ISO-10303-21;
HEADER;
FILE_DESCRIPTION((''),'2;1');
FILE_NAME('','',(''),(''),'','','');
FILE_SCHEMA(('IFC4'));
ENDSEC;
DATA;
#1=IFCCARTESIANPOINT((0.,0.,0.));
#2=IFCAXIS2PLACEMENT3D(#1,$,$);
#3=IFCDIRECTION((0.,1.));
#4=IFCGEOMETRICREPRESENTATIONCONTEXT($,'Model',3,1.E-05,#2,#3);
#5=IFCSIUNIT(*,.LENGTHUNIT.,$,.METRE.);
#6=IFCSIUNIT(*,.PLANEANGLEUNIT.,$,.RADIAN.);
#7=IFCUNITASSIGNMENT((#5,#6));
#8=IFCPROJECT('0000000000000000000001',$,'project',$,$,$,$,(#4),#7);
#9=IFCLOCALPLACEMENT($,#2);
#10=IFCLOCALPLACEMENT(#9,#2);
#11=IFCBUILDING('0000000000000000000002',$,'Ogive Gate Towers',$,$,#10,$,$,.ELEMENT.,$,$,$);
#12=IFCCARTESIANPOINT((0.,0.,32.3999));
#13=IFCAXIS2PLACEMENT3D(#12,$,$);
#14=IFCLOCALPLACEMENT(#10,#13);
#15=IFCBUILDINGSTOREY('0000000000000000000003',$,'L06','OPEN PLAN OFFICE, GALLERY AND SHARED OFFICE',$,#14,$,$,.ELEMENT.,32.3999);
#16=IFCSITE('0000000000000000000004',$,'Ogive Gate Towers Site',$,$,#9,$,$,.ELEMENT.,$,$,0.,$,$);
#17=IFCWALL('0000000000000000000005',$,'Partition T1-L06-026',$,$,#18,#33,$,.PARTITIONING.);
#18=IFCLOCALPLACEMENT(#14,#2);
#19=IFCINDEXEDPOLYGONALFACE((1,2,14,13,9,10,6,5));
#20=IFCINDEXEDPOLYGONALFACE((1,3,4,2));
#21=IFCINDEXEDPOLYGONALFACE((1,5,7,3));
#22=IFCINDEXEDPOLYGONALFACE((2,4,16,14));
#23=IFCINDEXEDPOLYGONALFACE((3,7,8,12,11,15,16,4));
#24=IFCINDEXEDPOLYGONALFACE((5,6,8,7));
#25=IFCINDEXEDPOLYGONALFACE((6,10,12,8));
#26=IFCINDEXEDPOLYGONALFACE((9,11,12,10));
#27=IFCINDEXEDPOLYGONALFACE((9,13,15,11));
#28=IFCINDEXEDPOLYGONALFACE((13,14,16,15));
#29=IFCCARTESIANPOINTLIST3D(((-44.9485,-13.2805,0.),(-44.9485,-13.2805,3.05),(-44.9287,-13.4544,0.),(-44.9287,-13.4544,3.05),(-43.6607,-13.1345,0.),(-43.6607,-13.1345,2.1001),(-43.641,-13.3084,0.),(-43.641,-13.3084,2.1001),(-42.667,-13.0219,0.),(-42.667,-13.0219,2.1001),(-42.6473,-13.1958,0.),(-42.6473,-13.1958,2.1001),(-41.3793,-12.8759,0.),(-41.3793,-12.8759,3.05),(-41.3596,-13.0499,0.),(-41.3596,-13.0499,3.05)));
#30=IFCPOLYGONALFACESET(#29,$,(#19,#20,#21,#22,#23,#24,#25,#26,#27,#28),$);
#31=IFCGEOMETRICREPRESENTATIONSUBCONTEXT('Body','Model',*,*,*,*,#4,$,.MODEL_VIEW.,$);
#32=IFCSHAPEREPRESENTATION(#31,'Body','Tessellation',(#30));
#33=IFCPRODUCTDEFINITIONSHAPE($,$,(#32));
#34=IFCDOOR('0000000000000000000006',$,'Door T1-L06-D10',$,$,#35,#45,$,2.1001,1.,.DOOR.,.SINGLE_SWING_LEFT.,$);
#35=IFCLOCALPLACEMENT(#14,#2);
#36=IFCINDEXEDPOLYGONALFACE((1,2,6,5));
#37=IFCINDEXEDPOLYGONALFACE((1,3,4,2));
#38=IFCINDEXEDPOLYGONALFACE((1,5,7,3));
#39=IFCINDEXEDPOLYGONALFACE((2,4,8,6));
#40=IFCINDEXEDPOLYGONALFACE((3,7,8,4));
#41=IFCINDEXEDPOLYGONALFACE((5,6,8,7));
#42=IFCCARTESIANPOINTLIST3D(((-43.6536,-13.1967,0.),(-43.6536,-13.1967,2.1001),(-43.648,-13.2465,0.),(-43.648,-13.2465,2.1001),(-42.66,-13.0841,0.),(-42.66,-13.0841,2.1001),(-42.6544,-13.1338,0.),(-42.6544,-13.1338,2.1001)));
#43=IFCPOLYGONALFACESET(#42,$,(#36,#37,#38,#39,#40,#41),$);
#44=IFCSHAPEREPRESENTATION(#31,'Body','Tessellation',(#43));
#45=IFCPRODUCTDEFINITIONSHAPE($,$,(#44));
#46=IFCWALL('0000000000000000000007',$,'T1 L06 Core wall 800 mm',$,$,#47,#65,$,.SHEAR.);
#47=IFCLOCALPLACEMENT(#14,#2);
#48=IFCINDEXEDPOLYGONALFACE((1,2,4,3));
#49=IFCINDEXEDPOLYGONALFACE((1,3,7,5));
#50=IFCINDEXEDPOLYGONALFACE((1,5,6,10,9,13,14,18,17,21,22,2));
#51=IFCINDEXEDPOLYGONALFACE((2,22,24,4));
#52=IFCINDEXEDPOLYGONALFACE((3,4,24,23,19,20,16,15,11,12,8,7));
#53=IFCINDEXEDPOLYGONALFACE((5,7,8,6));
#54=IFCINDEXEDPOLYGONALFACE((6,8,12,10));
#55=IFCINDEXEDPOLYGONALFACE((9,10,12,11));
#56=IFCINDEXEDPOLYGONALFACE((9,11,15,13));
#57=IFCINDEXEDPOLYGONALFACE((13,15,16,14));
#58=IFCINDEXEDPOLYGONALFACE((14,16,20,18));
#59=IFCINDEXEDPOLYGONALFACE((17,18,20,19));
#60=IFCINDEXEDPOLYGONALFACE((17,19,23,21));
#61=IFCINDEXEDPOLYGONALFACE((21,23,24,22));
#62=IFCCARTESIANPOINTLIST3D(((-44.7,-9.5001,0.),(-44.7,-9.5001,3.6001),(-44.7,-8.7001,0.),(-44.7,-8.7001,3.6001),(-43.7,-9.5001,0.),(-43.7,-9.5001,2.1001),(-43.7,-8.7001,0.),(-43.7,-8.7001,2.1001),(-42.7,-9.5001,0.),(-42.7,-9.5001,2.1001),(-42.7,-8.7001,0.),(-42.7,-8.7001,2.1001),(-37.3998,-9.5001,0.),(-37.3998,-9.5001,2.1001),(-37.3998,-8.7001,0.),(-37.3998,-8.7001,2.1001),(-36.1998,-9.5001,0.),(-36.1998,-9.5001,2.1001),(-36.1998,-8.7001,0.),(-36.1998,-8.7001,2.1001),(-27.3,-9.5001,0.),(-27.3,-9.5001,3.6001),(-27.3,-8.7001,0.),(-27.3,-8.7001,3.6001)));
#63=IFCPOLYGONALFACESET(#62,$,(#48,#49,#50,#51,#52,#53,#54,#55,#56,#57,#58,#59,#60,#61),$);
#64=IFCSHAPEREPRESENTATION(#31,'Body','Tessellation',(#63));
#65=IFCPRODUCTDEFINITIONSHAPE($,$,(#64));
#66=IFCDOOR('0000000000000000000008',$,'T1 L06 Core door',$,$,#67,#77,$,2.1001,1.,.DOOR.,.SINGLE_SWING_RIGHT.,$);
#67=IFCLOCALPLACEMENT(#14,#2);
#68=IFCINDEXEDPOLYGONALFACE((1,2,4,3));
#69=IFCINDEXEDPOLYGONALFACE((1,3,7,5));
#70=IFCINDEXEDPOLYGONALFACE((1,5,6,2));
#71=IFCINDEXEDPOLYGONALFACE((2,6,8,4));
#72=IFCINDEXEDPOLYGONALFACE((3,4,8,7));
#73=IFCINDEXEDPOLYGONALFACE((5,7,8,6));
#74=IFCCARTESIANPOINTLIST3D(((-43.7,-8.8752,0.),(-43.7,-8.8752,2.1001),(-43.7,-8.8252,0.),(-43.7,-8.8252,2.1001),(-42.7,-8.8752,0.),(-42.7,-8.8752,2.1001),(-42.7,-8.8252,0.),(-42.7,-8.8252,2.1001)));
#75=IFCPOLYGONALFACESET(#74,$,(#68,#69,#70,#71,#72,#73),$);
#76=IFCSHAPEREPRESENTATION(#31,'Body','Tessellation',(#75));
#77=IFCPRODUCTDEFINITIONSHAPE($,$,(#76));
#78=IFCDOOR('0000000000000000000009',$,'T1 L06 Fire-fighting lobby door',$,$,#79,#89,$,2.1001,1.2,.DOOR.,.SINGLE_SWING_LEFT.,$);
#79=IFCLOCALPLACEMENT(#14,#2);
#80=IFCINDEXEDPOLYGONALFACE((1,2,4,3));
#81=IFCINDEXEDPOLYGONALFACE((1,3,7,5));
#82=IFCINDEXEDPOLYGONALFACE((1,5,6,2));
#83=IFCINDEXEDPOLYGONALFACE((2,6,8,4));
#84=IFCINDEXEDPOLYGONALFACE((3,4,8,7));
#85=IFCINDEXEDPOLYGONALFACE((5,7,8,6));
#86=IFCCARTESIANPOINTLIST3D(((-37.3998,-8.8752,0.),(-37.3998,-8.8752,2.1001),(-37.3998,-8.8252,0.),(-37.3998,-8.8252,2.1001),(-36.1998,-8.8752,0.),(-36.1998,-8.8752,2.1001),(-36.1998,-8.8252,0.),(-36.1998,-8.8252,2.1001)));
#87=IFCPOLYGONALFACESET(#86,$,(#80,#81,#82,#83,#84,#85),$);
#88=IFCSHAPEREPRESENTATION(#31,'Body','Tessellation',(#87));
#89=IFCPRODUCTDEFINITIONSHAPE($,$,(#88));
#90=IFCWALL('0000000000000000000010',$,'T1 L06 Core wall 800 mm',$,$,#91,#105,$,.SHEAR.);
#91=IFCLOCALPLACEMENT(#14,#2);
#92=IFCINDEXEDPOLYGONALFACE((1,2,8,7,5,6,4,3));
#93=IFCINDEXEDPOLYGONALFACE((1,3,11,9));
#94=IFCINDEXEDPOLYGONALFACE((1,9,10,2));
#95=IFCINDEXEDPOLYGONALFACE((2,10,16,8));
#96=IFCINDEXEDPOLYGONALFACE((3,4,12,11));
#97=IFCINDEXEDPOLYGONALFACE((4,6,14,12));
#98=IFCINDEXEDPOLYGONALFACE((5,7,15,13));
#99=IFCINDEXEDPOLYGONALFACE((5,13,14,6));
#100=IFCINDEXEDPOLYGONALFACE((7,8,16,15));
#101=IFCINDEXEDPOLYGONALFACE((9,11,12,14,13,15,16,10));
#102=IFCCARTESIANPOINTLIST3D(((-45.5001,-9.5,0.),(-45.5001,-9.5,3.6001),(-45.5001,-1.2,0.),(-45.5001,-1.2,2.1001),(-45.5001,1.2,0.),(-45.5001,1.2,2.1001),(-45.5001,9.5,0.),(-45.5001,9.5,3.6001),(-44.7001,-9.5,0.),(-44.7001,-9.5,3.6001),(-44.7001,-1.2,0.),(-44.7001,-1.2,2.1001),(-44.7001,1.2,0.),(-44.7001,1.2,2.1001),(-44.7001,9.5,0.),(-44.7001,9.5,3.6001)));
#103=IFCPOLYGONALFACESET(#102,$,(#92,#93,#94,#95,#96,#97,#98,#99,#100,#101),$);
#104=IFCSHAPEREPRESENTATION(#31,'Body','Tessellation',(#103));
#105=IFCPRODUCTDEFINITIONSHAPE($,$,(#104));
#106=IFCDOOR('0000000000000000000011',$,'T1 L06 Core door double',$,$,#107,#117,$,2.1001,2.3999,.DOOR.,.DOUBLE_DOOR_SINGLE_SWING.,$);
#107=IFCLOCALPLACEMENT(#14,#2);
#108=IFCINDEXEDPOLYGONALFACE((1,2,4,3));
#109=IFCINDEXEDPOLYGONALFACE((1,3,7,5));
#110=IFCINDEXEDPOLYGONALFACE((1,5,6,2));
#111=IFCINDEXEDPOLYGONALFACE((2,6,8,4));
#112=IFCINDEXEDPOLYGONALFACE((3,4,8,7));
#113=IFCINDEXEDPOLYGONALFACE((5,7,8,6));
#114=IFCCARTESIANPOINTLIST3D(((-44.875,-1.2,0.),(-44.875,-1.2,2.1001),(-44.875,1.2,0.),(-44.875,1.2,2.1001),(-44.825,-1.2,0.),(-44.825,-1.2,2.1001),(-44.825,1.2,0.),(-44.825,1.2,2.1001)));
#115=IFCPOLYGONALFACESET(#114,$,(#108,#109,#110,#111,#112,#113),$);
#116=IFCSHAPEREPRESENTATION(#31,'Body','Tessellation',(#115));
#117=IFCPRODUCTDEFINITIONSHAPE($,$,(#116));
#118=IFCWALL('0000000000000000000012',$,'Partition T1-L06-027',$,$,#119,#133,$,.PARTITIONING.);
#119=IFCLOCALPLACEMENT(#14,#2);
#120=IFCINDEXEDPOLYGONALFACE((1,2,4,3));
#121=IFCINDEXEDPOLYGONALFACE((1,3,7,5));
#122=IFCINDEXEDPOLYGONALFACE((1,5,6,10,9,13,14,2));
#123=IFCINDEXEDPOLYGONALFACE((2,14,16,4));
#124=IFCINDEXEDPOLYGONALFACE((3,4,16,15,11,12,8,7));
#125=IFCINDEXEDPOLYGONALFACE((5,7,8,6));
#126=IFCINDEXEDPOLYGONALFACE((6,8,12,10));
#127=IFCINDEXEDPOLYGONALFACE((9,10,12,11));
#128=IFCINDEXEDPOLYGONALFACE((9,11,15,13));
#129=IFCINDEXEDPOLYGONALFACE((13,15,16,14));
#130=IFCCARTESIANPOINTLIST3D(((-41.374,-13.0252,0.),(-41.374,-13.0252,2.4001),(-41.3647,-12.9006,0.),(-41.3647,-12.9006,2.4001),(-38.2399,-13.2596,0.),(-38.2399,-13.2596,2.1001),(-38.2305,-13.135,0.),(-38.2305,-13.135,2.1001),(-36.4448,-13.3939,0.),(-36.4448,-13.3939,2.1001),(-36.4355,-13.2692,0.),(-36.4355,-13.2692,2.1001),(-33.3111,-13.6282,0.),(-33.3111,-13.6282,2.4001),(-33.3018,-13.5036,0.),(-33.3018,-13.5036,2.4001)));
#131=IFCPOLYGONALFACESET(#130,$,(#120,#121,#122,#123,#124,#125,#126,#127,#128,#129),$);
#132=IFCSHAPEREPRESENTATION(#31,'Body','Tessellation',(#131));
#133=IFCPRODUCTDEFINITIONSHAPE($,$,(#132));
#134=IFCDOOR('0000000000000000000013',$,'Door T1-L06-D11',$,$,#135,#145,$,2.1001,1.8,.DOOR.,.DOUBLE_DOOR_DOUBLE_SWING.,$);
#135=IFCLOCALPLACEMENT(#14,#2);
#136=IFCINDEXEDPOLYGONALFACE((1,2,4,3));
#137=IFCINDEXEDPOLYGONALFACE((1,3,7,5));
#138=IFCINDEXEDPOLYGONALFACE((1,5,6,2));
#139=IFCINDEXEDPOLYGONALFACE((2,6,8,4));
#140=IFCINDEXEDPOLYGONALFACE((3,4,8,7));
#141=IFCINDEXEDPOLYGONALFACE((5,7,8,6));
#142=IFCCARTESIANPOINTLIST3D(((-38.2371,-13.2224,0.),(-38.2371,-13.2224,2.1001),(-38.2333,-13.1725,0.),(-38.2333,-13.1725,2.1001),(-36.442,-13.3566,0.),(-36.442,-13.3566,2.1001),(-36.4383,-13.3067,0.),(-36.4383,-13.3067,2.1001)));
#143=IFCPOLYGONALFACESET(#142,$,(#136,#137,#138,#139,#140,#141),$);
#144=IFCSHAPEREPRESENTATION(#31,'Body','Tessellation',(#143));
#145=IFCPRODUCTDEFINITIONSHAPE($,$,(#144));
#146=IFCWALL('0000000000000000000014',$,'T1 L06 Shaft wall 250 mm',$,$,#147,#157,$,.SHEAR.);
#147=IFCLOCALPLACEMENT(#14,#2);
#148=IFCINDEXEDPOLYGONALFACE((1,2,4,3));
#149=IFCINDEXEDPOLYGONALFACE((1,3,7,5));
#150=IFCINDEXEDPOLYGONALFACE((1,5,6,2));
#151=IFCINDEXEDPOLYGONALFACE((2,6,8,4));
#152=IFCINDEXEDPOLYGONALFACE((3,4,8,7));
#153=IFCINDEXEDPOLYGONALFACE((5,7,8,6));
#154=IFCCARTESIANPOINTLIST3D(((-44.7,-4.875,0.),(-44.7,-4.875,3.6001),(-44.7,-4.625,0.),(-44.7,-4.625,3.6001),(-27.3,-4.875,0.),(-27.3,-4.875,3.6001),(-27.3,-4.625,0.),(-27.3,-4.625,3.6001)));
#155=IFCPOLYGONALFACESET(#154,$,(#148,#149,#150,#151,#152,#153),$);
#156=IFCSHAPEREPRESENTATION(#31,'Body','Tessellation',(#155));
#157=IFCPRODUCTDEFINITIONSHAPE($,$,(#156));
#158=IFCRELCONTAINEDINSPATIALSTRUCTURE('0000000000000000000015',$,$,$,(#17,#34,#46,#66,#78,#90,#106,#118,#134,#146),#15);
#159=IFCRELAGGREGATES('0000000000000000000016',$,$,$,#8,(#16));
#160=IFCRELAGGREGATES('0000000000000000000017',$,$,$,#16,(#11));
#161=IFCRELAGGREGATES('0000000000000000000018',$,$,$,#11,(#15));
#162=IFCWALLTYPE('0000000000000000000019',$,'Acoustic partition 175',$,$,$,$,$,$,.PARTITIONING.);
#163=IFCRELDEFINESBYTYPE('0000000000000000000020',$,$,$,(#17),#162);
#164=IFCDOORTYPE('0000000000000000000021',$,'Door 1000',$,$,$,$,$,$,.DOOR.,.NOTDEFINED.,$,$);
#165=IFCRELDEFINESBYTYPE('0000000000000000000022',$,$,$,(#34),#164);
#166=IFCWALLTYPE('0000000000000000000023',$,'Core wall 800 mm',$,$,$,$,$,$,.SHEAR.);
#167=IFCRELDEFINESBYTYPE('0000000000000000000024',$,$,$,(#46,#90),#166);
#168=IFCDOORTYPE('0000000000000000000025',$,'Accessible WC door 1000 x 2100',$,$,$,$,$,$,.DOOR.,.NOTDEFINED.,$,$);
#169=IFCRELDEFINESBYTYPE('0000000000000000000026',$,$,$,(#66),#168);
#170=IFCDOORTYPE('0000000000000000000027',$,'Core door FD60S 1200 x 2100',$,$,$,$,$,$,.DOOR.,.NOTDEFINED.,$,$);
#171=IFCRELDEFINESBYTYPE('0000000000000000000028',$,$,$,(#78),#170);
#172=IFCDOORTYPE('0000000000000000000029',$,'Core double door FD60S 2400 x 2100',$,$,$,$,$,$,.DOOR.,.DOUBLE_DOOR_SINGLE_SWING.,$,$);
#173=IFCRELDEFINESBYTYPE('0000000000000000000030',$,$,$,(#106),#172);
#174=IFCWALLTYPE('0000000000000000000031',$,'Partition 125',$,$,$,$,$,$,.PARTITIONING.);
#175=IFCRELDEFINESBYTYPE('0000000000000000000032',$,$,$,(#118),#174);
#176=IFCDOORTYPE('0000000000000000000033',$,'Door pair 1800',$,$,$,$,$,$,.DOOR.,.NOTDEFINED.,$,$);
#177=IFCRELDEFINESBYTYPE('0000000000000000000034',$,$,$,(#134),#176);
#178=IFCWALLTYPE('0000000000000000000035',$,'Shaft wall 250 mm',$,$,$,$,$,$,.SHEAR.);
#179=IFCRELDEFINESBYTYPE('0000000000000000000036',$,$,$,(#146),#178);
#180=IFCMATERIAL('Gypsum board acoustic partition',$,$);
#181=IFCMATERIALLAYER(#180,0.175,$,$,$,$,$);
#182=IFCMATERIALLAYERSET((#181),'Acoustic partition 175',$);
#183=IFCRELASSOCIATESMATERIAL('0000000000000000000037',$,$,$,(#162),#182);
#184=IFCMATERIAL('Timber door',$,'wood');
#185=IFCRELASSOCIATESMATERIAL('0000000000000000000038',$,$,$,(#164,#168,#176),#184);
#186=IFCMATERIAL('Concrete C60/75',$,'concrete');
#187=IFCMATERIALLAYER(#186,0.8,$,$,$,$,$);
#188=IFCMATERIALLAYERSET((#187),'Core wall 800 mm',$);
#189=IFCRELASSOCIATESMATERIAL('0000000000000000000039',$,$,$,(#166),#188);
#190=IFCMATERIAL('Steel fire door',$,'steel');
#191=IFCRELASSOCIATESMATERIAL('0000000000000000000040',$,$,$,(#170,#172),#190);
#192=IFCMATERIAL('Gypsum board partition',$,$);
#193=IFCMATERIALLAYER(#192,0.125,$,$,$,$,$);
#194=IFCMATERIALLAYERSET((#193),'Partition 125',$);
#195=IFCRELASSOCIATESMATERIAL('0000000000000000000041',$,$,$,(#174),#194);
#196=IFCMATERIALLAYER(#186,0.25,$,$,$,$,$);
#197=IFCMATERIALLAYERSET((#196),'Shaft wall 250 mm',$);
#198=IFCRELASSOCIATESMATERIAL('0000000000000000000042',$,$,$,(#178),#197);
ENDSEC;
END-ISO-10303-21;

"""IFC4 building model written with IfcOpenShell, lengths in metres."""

from ifc_helpers import new_model, si_unit, direction, frame, frame_2d, origin, place, context, subcontext, project, spatial, rectangle, extrude, material, layer, layer_set, type_object, element, fill, save


model = new_model("IFC4")

# Units and contexts
model_context = context("Model", 3, precision=1e-05, world=origin(), true_north=direction((0.0, 1.0)))
body_context = subcontext(model_context, "Body", "Model", "MODEL_VIEW")
ifc_project = project(units=[si_unit("LENGTHUNIT", "METRE"), si_unit("PLANEANGLEUNIT", "RADIAN")], contexts=[model_context])

# Site, building, storey
site_placement = place(None, origin())
site = spatial("IfcSite", under=ifc_project, at=site_placement, Name="Ogive Gate Towers Site", CompositionType="ELEMENT", RefElevation=0.0)
building_placement = place(site_placement, origin())
building = spatial("IfcBuilding", under=site, at=building_placement, Name="Ogive Gate Towers", CompositionType="ELEMENT")
storey_placement = place(building_placement, frame((0.0, 0.0, 32.3999)))
storey = spatial("IfcBuildingStorey", under=building, at=storey_placement, Name="L06", Description="OPEN PLAN OFFICE, GALLERY AND SHARED OFFICE", CompositionType="ELEMENT", Elevation=32.3999)

# Wall, opening, door
ifc_material_1 = material(Name="Gypsum board acoustic partition")
ifc_layer_1 = layer(ifc_material_1, 0.175)
ifc_layer_set_1 = layer_set([ifc_layer_1], Name="Acoustic partition 175")
wall_type_1 = type_object("IfcWallType", Name="Acoustic partition 175", PredefinedType="PARTITIONING", material=ifc_layer_set_1)
ifc_material_2 = material(Name="Timber door", Category="wood")
door_type_1 = type_object("IfcDoorType", Name="Door 1000", OperationType="NOTDEFINED", PredefinedType="DOOR", material=ifc_material_2)
wall_1_placement = place(storey_placement, frame((-44.9385, -13.3674, 0.0), z_axis=(0.0, 0.0, 1.0), x_axis=(0.993638, 0.112624, 0.0)))
wall_1 = element("IfcWall", 1, at=wall_1_placement, inside=storey, type_object=wall_type_1, Name="Partition T1-L06-026", PredefinedType="PARTITIONING", context=body_context, shape_type="SweptSolid", body=[
    extrude(rectangle(XDim=3.592, YDim=0.175, at=frame_2d((1.7959, 0.0))), origin(), (0.0, 0.0, 1.0), 3.05),
])
opening_1_placement = place(wall_1_placement, frame((1.2959, 0.0, 0.0)))
opening_1 = element("IfcOpeningElement", 2, at=opening_1_placement, cuts=wall_1, PredefinedType="OPENING", context=body_context, shape_type="SweptSolid", body=[
    extrude(rectangle(XDim=1.0, YDim=2.1001, at=frame_2d((0.5, 1.05))), frame((0.0, 0.0977, 0.0), z_axis=(0.0, -1.0, 0.0), x_axis=(1.0, 0.0, 0.0)), (0.0, 0.0, 1.0), 0.1951),
])
door_1_placement = place(opening_1_placement, origin())
door_1 = element("IfcDoor", 3, at=door_1_placement, inside=storey, type_object=door_type_1, Name="Door T1-L06-D10", OperationType="SINGLE_SWING_LEFT", OverallHeight=2.1001, OverallWidth=1.0, PredefinedType="DOOR", context=body_context, shape_type="SweptSolid", body=[
    extrude(rectangle(XDim=1.0, YDim=2.1001, at=frame_2d((0.5, 1.05))), frame((0.0, 0.0249, 0.0), z_axis=(0.0, -1.0, 0.0), x_axis=(1.0, 0.0, 0.0)), (0.0, 0.0, 1.0), 0.05),
])
fill(opening_1, door_1)

# Wall, openings, doors
ifc_material_3 = material(Name="Concrete C60/75", Category="concrete")
ifc_layer_2 = layer(ifc_material_3, 0.8)
ifc_layer_set_2 = layer_set([ifc_layer_2], Name="Core wall 800 mm")
wall_type_2 = type_object("IfcWallType", Name="Core wall 800 mm", PredefinedType="SHEAR", material=ifc_layer_set_2)
wall_2_placement = place(storey_placement, frame((-44.7, -9.1001, 0.0), z_axis=(0.0, 0.0, 1.0), x_axis=(1.0, 0.0, 0.0)))
wall_2 = element("IfcWall", 4, at=wall_2_placement, inside=storey, type_object=wall_type_2, Name="T1 L06 Core wall 800 mm", PredefinedType="SHEAR", context=body_context, shape_type="SweptSolid", body=[
    extrude(rectangle(XDim=17.3999, YDim=0.8, at=frame_2d((8.7, 0.0))), origin(), (0.0, 0.0, 1.0), 3.6001),
])
opening_2_placement = place(wall_2_placement, frame((7.3, 0.0, 0.0)))
opening_2 = element("IfcOpeningElement", 5, at=opening_2_placement, cuts=wall_2, PredefinedType="OPENING", context=body_context, shape_type="SweptSolid", body=[
    extrude(rectangle(XDim=1.2, YDim=2.1001, at=frame_2d((0.6001, 1.05))), frame((0.0, 0.4102, 0.0), z_axis=(0.0, -1.0, 0.0), x_axis=(1.0, 0.0, 0.0)), (0.0, 0.0, 1.0), 0.8201),
])
opening_3_placement = place(wall_2_placement, frame((1.0, 0.0, 0.0)))
opening_3 = element("IfcOpeningElement", 6, at=opening_3_placement, cuts=wall_2, PredefinedType="OPENING", context=body_context, shape_type="SweptSolid", body=[
    extrude(rectangle(XDim=1.0, YDim=2.1001, at=frame_2d((0.5, 1.05))), frame((0.0, 0.4102, 0.0), z_axis=(0.0, -1.0, 0.0), x_axis=(1.0, 0.0, 0.0)), (0.0, 0.0, 1.0), 0.8201),
])
door_type_2 = type_object("IfcDoorType", Name="Accessible WC door 1000 x 2100", OperationType="NOTDEFINED", PredefinedType="DOOR", material=ifc_material_2)
door_2_placement = place(opening_3_placement, origin())
door_2 = element("IfcDoor", 7, at=door_2_placement, inside=storey, type_object=door_type_2, Name="T1 L06 Core door", OperationType="SINGLE_SWING_RIGHT", OverallHeight=2.1001, OverallWidth=1.0, PredefinedType="DOOR", context=body_context, shape_type="SweptSolid", body=[
    extrude(rectangle(XDim=1.0, YDim=2.1001, at=frame_2d((0.5, 1.05))), frame((0.0, 0.2749, 0.0), z_axis=(0.0, -1.0, 0.0), x_axis=(1.0, 0.0, 0.0)), (0.0, 0.0, 1.0), 0.05),
])
fill(opening_3, door_2)
ifc_material_4 = material(Name="Steel fire door", Category="steel")
door_type_3 = type_object("IfcDoorType", Name="Core door FD60S 1200 x 2100", OperationType="NOTDEFINED", PredefinedType="DOOR", material=ifc_material_4)
door_3_placement = place(opening_2_placement, origin())
door_3 = element("IfcDoor", 8, at=door_3_placement, inside=storey, type_object=door_type_3, Name="T1 L06 Fire-fighting lobby door", OperationType="SINGLE_SWING_LEFT", OverallHeight=2.1001, OverallWidth=1.2, PredefinedType="DOOR", context=body_context, shape_type="SweptSolid", body=[
    extrude(rectangle(XDim=1.2, YDim=2.1001, at=frame_2d((0.6001, 1.05))), frame((0.0, 0.2749, 0.0), z_axis=(0.0, -1.0, 0.0), x_axis=(1.0, 0.0, 0.0)), (0.0, 0.0, 1.0), 0.05),
])
fill(opening_2, door_3)

# Walls, openings, doors
wall_3_placement = place(storey_placement, frame((-45.1001, -9.5, 0.0), z_axis=(0.0, 0.0, 1.0), x_axis=(0.0, 1.0, 0.0)))
wall_3 = element("IfcWall", 9, at=wall_3_placement, inside=storey, type_object=wall_type_2, Name="T1 L06 Core wall 800 mm", PredefinedType="SHEAR", context=body_context, shape_type="SweptSolid", body=[
    extrude(rectangle(XDim=19.0, YDim=0.8, at=frame_2d((9.5, 0.0))), origin(), (0.0, 0.0, 1.0), 3.6001),
])
opening_4_placement = place(wall_3_placement, frame((8.3, 0.0, 0.0)))
opening_4 = element("IfcOpeningElement", 10, at=opening_4_placement, cuts=wall_3, PredefinedType="OPENING", context=body_context, shape_type="SweptSolid", body=[
    extrude(rectangle(XDim=2.3999, YDim=2.1001, at=frame_2d((1.2, 1.05))), frame((0.0, 0.4102, 0.0), z_axis=(0.0, -1.0, 0.0), x_axis=(1.0, 0.0, 0.0)), (0.0, 0.0, 1.0), 0.8201),
])
door_type_4 = type_object("IfcDoorType", Name="Core double door FD60S 2400 x 2100", OperationType="DOUBLE_DOOR_SINGLE_SWING", PredefinedType="DOOR", material=ifc_material_4)
door_4_placement = place(opening_4_placement, origin())
door_4 = element("IfcDoor", 11, at=door_4_placement, inside=storey, type_object=door_type_4, Name="T1 L06 Core door double", OperationType="DOUBLE_DOOR_SINGLE_SWING", OverallHeight=2.1001, OverallWidth=2.3999, PredefinedType="DOOR", context=body_context, shape_type="SweptSolid", body=[
    extrude(rectangle(XDim=2.3999, YDim=2.1001, at=frame_2d((1.2, 1.05))), frame((0.0, -0.2251, 0.0), z_axis=(0.0, -1.0, 0.0), x_axis=(1.0, 0.0, 0.0)), (0.0, 0.0, 1.0), 0.05),
])
fill(opening_4, door_4)
ifc_material_5 = material(Name="Gypsum board partition")
ifc_layer_3 = layer(ifc_material_5, 0.125)
ifc_layer_set_3 = layer_set([ifc_layer_3], Name="Partition 125")
wall_type_3 = type_object("IfcWallType", Name="Partition 125", PredefinedType="PARTITIONING", material=ifc_layer_set_3)
wall_4_placement = place(storey_placement, frame((-41.3694, -12.9629, 0.0), z_axis=(0.0, 0.0, 1.0), x_axis=(0.997215, -0.074581, 0.0)))
wall_4 = element("IfcWall", 12, at=wall_4_placement, inside=storey, type_object=wall_type_3, Name="Partition T1-L06-027", PredefinedType="PARTITIONING", context=body_context, shape_type="SweptSolid", body=[
    extrude(rectangle(XDim=8.0854, YDim=0.125, at=frame_2d((4.0427, 0.0))), origin(), (0.0, 0.0, 1.0), 2.4001),
])
opening_5_placement = place(wall_4_placement, frame((3.1431, 0.0, 0.0)))
opening_5 = element("IfcOpeningElement", 13, at=opening_5_placement, cuts=wall_4, PredefinedType="OPENING", context=body_context, shape_type="SweptSolid", body=[
    extrude(rectangle(XDim=1.8, YDim=2.1001, at=frame_2d((0.8999, 1.05))), frame((0.0, 0.0725, 0.0), z_axis=(0.0, -1.0, 0.0), x_axis=(1.0, 0.0, 0.0)), (0.0, 0.0, 1.0), 0.145),
])
door_type_5 = type_object("IfcDoorType", Name="Door pair 1800", OperationType="NOTDEFINED", PredefinedType="DOOR", material=ifc_material_2)
door_5_placement = place(opening_5_placement, origin())
door_5 = element("IfcDoor", 14, at=door_5_placement, inside=storey, type_object=door_type_5, Name="Door T1-L06-D11", OperationType="DOUBLE_DOOR_DOUBLE_SWING", OverallHeight=2.1001, OverallWidth=1.8, PredefinedType="DOOR", context=body_context, shape_type="SweptSolid", body=[
    extrude(rectangle(XDim=1.8, YDim=2.1001, at=frame_2d((0.8999, 1.05))), frame((0.0, 0.0249, 0.0), z_axis=(0.0, -1.0, 0.0), x_axis=(1.0, 0.0, 0.0)), (0.0, 0.0, 1.0), 0.05),
])
fill(opening_5, door_5)

# Wall
ifc_layer_4 = layer(ifc_material_3, 0.25)
ifc_layer_set_4 = layer_set([ifc_layer_4], Name="Shaft wall 250 mm")
wall_type_4 = type_object("IfcWallType", Name="Shaft wall 250 mm", PredefinedType="SHEAR", material=ifc_layer_set_4)
wall_5_placement = place(storey_placement, frame((-44.7, -4.75, 0.0), z_axis=(0.0, 0.0, 1.0), x_axis=(1.0, 0.0, 0.0)))
element("IfcWall", 15, at=wall_5_placement, inside=storey, type_object=wall_type_4, Name="T1 L06 Shaft wall 250 mm", PredefinedType="SHEAR", context=body_context, shape_type="SweptSolid", body=[
    extrude(rectangle(XDim=17.3999, YDim=0.25, at=frame_2d((8.7, 0.0))), origin(), (0.0, 0.0, 1.0), 3.6001),
])

save(model, "model.ifc")
